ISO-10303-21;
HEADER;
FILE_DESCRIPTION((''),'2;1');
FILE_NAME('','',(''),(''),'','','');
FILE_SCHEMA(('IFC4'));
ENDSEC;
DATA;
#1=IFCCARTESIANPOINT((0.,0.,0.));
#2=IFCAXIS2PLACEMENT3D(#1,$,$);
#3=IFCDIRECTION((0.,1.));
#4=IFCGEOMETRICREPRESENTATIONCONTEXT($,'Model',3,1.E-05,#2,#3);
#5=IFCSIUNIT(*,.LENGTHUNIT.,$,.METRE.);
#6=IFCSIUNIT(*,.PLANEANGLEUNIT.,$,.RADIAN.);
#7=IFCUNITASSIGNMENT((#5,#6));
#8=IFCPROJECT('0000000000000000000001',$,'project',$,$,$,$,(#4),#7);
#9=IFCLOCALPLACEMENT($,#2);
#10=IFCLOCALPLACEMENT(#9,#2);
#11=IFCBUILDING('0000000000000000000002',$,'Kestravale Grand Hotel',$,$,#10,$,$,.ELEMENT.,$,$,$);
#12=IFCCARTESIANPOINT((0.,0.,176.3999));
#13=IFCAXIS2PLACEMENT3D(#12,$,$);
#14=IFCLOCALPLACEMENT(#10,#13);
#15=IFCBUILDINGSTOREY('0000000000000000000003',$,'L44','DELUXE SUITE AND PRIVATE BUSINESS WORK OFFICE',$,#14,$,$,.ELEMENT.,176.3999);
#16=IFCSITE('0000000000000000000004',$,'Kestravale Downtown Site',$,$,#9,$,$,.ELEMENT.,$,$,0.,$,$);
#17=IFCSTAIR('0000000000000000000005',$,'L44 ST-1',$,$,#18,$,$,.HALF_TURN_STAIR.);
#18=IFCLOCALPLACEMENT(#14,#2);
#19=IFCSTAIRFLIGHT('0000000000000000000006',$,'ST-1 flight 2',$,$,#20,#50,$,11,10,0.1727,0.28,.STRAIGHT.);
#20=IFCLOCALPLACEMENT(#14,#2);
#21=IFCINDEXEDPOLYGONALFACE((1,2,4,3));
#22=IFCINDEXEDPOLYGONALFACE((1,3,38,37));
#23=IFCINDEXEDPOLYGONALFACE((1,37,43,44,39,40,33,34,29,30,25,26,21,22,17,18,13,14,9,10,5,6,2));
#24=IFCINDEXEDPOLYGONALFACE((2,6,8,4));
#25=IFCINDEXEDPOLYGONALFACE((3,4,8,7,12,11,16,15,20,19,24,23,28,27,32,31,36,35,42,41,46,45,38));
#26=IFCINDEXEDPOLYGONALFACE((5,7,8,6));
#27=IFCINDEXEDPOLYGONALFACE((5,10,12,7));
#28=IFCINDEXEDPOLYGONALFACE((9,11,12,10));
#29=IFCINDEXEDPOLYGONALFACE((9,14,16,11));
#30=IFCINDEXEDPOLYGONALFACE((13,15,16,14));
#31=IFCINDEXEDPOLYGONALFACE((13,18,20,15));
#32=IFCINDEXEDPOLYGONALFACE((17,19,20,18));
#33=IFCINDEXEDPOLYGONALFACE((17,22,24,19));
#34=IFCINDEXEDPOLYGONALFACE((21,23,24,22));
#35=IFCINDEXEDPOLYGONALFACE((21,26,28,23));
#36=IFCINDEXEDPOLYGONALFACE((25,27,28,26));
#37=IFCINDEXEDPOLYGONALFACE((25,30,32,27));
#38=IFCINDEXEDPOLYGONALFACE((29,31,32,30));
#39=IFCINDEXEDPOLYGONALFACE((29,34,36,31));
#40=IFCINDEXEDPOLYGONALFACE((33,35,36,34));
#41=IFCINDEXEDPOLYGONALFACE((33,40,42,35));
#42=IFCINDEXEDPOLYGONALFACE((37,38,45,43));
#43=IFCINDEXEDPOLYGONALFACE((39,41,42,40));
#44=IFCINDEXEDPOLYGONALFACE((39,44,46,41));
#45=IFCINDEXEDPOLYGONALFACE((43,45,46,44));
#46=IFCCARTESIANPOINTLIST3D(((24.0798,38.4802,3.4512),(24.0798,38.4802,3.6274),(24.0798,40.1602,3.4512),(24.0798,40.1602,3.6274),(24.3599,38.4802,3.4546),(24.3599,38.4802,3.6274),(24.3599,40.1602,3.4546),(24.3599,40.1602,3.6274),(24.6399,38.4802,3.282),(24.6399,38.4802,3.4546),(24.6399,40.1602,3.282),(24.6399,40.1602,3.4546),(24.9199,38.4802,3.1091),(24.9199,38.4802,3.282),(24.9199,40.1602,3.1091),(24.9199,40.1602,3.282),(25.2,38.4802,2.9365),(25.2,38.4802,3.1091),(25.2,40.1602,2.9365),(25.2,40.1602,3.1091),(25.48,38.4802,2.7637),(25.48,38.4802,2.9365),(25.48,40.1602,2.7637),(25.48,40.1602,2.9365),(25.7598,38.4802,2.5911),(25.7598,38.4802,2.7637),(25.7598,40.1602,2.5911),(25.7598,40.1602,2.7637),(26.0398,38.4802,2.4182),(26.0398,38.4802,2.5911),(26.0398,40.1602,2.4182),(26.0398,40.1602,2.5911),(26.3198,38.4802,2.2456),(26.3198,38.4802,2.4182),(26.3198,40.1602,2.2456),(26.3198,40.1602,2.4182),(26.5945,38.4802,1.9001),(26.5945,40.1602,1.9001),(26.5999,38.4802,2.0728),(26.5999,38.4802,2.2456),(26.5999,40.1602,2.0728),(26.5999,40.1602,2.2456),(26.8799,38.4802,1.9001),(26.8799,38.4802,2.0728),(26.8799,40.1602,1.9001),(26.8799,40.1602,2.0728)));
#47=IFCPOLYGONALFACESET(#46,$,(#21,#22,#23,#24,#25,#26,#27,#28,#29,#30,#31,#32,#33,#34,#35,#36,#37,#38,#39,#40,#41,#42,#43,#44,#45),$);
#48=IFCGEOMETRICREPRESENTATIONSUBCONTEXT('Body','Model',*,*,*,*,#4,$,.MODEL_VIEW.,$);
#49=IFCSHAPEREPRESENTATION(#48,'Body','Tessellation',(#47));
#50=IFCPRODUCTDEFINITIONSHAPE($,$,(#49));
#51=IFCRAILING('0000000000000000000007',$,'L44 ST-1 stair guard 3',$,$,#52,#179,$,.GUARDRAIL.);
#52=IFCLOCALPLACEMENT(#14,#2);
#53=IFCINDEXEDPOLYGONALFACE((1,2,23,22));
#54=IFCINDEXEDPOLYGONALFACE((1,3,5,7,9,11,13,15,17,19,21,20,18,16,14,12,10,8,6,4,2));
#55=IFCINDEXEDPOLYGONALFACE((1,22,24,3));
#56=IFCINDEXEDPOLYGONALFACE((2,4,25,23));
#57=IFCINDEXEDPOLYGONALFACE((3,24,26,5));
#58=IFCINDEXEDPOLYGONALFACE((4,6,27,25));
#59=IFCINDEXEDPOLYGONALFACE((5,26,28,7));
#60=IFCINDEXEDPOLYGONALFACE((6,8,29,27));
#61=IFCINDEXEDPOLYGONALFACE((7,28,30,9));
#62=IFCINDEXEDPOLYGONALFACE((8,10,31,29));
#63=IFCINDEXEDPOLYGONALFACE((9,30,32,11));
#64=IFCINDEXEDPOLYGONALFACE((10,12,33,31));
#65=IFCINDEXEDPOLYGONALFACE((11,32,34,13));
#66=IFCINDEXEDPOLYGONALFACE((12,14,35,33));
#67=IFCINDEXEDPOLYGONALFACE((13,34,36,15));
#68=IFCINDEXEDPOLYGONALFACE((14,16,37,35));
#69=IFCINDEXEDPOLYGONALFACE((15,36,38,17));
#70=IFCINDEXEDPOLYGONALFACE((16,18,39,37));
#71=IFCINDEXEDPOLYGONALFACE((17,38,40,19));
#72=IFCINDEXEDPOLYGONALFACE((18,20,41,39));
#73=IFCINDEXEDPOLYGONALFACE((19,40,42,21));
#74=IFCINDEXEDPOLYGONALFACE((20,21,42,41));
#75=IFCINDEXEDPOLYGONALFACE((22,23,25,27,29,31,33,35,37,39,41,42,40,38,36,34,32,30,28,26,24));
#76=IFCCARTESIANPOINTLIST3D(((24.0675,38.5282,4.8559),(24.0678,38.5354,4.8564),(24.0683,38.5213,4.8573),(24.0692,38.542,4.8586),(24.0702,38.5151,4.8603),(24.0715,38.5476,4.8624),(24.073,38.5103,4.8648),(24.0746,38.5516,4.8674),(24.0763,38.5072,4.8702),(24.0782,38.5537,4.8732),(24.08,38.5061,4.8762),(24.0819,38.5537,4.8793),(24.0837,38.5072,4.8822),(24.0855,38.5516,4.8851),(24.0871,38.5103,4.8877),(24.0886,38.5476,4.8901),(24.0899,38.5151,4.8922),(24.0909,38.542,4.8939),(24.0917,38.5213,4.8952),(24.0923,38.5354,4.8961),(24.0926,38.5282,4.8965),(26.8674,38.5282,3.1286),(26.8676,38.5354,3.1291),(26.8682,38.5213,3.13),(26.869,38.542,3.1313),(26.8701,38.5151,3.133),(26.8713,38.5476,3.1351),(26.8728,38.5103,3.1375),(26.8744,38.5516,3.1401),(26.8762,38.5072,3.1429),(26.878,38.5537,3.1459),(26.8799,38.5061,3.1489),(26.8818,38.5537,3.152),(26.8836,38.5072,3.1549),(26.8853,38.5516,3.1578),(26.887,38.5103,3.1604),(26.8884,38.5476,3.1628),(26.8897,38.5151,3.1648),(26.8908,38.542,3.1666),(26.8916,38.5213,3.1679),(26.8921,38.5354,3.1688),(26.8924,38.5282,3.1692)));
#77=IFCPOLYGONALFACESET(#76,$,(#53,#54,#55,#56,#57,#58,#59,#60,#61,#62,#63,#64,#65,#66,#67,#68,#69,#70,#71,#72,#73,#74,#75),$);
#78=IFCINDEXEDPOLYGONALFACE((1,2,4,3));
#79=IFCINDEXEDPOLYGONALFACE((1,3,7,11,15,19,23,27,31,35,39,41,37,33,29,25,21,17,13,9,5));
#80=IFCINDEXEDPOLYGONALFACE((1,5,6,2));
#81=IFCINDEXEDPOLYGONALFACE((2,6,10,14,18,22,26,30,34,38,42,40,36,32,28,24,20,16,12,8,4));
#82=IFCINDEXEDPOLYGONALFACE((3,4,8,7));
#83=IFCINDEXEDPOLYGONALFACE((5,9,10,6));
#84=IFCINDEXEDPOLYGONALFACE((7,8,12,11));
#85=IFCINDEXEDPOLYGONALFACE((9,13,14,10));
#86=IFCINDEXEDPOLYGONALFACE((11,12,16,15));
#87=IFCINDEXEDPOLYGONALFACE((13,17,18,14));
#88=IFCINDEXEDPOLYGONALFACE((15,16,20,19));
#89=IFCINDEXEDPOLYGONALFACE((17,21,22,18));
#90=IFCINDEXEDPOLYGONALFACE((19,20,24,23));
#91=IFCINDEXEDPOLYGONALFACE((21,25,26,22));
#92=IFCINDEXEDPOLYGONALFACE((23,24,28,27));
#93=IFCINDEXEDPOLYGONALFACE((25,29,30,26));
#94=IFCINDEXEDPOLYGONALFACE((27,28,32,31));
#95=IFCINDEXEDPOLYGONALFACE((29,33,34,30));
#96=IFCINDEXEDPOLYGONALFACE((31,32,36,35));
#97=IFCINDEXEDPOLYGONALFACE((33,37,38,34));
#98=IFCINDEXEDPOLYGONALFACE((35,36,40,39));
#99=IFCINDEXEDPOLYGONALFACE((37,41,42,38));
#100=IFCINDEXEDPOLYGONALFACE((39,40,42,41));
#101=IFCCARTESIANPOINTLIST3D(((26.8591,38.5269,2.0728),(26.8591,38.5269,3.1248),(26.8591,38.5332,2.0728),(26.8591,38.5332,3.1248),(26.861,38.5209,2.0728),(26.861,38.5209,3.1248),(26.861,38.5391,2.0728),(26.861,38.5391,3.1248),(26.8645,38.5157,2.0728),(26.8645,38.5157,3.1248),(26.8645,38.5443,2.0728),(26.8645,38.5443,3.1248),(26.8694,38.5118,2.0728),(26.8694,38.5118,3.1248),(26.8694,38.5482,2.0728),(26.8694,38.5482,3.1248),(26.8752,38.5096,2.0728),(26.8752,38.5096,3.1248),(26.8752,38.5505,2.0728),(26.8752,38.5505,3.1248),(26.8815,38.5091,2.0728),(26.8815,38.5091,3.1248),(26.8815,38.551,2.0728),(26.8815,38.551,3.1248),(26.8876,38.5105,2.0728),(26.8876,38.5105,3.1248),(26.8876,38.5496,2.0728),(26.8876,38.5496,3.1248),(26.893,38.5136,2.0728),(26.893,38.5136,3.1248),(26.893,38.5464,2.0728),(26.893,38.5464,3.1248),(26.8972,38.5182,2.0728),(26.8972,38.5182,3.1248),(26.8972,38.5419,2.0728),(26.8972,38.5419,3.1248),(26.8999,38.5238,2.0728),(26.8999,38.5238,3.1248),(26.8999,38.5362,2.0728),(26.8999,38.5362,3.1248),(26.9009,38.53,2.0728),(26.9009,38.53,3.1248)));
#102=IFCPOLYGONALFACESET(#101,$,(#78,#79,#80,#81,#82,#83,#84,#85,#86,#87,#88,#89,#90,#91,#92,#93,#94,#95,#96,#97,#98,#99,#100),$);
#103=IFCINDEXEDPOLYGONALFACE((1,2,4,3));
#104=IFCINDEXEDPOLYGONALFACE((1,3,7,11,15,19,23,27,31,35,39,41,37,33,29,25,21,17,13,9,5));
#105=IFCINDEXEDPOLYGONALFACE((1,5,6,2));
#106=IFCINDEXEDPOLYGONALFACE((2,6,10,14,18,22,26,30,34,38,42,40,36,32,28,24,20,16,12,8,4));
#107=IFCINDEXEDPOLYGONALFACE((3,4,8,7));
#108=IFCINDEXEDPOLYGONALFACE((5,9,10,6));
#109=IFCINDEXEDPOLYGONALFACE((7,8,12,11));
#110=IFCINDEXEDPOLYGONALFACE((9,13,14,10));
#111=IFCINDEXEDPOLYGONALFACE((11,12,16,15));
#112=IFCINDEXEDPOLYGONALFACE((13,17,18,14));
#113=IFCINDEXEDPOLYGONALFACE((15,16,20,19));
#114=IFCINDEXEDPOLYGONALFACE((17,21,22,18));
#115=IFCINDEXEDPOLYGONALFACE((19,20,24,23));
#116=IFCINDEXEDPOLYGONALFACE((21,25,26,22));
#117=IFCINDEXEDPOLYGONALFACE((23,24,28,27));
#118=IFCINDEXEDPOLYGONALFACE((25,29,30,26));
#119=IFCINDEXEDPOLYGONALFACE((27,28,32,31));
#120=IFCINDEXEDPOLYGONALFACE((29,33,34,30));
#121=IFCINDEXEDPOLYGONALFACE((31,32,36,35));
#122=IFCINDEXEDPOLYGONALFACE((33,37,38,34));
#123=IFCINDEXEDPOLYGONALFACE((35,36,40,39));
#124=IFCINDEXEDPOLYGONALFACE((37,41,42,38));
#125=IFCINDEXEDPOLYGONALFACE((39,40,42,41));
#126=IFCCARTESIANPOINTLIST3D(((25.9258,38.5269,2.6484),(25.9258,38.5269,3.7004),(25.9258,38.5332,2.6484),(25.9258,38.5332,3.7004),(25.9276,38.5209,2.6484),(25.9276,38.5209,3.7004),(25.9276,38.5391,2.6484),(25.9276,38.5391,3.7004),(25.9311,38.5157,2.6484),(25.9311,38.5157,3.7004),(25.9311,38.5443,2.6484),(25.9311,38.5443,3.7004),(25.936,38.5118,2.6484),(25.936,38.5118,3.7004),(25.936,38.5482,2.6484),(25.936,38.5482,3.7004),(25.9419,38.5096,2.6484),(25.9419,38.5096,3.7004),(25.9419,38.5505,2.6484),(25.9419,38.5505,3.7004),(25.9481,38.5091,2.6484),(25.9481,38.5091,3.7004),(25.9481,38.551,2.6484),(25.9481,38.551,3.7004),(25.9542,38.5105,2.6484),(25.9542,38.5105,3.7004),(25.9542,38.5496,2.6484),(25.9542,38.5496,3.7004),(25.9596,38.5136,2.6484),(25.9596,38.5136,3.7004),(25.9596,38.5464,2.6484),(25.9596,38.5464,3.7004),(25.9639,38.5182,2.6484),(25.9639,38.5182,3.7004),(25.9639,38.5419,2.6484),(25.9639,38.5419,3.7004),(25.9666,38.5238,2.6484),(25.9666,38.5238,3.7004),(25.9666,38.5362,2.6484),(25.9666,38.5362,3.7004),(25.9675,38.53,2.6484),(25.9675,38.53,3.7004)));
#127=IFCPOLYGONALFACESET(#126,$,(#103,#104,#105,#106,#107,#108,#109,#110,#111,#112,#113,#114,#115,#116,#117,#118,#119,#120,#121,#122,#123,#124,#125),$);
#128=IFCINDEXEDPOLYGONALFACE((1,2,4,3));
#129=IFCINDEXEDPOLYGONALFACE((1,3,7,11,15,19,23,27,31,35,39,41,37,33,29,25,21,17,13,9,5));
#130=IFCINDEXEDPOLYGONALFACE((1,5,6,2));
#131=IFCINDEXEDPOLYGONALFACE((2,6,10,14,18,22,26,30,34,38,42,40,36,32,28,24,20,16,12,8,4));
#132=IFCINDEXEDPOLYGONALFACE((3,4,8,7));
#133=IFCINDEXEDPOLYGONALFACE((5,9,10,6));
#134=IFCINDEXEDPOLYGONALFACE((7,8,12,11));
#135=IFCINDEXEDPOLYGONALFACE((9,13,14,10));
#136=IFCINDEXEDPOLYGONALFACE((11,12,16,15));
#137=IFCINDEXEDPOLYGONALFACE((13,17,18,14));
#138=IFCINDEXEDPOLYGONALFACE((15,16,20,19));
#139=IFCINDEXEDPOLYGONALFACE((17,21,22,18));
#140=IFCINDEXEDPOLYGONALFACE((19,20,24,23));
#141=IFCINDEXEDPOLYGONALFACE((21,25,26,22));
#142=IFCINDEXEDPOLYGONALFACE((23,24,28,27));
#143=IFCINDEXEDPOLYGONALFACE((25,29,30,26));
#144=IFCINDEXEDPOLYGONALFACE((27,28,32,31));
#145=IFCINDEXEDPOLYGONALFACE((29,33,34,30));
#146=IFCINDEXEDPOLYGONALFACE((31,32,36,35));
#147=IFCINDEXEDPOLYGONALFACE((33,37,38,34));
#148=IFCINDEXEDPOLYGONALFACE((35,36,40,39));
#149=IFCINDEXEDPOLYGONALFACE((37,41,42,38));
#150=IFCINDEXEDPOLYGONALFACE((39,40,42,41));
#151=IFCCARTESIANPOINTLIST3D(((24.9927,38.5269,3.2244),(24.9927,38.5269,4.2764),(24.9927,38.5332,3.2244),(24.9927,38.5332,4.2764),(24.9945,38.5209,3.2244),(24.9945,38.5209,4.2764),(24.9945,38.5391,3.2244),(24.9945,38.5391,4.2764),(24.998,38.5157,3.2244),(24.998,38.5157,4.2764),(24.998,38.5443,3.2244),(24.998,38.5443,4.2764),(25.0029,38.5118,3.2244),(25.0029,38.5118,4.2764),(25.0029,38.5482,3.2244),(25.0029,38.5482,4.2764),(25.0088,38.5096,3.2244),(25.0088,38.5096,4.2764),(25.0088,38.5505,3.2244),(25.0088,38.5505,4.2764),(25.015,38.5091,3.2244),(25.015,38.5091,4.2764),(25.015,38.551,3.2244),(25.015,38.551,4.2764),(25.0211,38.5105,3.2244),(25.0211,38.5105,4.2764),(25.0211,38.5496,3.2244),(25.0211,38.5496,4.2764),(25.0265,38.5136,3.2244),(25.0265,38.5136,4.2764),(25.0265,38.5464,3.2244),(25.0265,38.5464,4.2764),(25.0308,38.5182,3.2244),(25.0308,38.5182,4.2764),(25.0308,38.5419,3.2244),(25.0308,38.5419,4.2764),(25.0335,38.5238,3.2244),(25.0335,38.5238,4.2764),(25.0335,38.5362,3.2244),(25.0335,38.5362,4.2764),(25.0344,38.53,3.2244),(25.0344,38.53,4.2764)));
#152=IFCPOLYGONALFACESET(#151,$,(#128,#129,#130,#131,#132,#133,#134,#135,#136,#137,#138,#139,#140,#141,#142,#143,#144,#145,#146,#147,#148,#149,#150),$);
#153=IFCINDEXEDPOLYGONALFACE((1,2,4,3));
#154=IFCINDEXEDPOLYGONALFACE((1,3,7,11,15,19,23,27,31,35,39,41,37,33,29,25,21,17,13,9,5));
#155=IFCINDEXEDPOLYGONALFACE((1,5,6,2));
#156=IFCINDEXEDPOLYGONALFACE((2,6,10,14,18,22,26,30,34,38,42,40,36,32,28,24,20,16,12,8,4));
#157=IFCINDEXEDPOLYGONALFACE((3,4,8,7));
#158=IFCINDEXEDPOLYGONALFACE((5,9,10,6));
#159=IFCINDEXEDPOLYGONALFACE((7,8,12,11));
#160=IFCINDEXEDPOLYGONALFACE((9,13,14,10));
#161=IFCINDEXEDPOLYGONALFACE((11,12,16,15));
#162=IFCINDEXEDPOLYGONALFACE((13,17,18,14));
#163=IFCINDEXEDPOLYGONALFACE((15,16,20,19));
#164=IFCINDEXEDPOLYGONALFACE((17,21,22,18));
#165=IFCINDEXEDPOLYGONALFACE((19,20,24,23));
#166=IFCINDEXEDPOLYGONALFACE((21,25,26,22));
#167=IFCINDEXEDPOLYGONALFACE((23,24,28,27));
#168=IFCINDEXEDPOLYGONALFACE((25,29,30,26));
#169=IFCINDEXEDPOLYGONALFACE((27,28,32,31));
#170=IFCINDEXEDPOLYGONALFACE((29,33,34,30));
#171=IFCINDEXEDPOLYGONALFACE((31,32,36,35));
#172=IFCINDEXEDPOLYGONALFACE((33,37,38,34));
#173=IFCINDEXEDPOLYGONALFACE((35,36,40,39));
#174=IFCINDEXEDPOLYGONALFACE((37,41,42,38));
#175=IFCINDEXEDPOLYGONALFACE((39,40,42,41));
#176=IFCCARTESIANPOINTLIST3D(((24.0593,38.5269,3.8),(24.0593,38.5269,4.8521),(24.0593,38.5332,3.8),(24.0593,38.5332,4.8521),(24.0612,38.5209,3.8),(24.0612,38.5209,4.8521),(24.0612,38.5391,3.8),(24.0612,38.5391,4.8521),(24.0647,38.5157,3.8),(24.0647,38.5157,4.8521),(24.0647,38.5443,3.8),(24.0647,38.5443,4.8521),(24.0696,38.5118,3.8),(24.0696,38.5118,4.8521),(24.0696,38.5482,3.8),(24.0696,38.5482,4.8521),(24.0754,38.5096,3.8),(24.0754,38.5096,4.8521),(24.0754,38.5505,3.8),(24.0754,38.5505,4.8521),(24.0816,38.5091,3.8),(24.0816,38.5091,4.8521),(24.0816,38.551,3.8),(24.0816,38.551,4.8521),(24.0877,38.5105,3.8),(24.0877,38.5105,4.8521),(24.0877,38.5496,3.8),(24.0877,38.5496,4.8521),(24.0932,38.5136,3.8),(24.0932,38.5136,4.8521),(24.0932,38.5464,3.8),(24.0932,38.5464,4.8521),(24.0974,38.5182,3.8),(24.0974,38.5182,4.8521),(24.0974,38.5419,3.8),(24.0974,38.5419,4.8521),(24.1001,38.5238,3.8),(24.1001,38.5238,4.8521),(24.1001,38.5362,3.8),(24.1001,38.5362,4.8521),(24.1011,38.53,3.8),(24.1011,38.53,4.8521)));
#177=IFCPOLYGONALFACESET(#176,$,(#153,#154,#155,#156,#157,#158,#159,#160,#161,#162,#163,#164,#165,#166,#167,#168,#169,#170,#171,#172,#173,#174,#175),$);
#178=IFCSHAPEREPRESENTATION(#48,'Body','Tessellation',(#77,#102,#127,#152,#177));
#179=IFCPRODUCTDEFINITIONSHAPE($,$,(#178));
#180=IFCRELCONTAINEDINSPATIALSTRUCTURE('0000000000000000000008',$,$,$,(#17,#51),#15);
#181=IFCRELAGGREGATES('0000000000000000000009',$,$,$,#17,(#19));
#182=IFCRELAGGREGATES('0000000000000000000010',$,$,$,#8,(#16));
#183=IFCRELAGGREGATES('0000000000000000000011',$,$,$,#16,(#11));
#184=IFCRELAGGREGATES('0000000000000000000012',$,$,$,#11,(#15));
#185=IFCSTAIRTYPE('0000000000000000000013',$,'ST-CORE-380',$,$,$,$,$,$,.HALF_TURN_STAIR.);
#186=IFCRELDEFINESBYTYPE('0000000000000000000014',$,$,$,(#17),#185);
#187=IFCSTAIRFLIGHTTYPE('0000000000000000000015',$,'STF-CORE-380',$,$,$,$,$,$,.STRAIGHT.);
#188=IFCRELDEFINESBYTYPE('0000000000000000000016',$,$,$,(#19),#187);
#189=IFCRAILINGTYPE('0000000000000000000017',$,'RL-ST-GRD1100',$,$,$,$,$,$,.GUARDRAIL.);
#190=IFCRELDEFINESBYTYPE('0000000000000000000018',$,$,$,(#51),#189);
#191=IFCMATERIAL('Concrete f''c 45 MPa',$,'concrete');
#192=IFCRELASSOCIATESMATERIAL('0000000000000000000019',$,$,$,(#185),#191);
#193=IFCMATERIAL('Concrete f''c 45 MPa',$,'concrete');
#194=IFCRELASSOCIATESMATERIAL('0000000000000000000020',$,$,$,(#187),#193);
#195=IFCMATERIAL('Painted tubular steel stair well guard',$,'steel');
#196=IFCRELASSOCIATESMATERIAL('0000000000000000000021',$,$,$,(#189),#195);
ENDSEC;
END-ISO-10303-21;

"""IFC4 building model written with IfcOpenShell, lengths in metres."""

from ifc_helpers import new_model, si_unit, direction, frame, origin, origin_2d, place, context, subcontext, project, spatial, polyline, circle, outline, extrude, material, type_object, element, aggregate, save


model = new_model("IFC4")

# Units and contexts
model_context = context("Model", 3, precision=1e-05, world=origin(), true_north=direction((0.0, 1.0)))
body_context = subcontext(model_context, "Body", "Model", "MODEL_VIEW")
ifc_project = project(units=[si_unit("LENGTHUNIT", "METRE"), si_unit("PLANEANGLEUNIT", "RADIAN")], contexts=[model_context])

# Site, building, storey
site_placement = place(None, origin())
site = spatial("IfcSite", under=ifc_project, at=site_placement, Name="Kestravale Downtown Site", CompositionType="ELEMENT", RefElevation=0.0)
building_placement = place(site_placement, origin())
building = spatial("IfcBuilding", under=site, at=building_placement, Name="Kestravale Grand Hotel", CompositionType="ELEMENT")
storey_placement = place(building_placement, frame((0.0, 0.0, 176.3999)))
storey = spatial("IfcBuildingStorey", under=building, at=storey_placement, Name="L44", Description="DELUXE SUITE AND PRIVATE BUSINESS WORK OFFICE", CompositionType="ELEMENT", Elevation=176.3999)

# Stair, stair flight
ifc_material_1 = material(Name="Concrete f'c 45 MPa", Category="concrete")
stair_type = type_object("IfcStairType", Name="ST-CORE-380", PredefinedType="HALF_TURN_STAIR", material=ifc_material_1)
stair_placement = place(storey_placement, origin())
stair = element("IfcStair", 1, at=stair_placement, inside=storey, type_object=stair_type, Name="L44 ST-1", PredefinedType="HALF_TURN_STAIR")
ifc_material_2 = material(Name="Concrete f'c 45 MPa", Category="concrete")
stair_flight_type = type_object("IfcStairFlightType", Name="STF-CORE-380", PredefinedType="STRAIGHT", material=ifc_material_2)
stair_flight_placement = place(storey_placement, frame((26.8799, 39.3201, 1.9001), z_axis=(0.0, 0.0, 1.0), x_axis=(-1.0, 0.0, 0.0)))
stair_flight = element("IfcStairFlight", 2, at=stair_flight_placement, type_object=stair_flight_type, Name="ST-1 flight 2", NumberOfRisers=11, NumberOfTreads=10, PredefinedType="STRAIGHT", RiserHeight=0.1727, TreadLength=0.28, context=body_context, shape_type="SweptSolid", body=[
    extrude(outline(polyline([(0.0, 0.0), (0.0, 0.1726), (0.28, 0.1726), (0.28, 0.3455), (0.5601, 0.3455), (0.5601, 0.5181), (0.8401, 0.5181), (0.8401, 0.6909), (1.1201, 0.6909), (1.1201, 0.8635), (1.3999, 0.8635), (1.3999, 1.0364), (1.6799, 1.0364), (1.6799, 1.209), (1.96, 1.209), (1.96, 1.3818), (2.24, 1.3818), (2.24, 1.5544), (2.52, 1.5544), (2.52, 1.7273), (2.8, 1.7273), (2.8, 1.8999), (2.8, 1.551), (0.2854, 0.0), (0.0, 0.0)])), frame((0.0, 0.8398, 0.0), z_axis=(0.0, -1.0, 0.0), x_axis=(1.0, 0.0, 0.0)), (0.0, 0.0, 1.0), 1.6799),
])
aggregate(stair, [stair_flight])

# Railing
ifc_material_3 = material(Name="Painted tubular steel stair well guard", Category="steel")
railing_type_1 = type_object("IfcRailingType", Name="RL-ST-GRD1100", PredefinedType="GUARDRAIL", material=ifc_material_3)
railing_1_placement = place(storey_placement, frame((26.8799, 38.53, 2.0728)))
element("IfcRailing", 3, at=railing_1_placement, inside=storey, type_object=railing_type_1, Name="L44 ST-1 stair guard 3", PredefinedType="GUARDRAIL", context=body_context, shape_type="SweptSolid", body=[
    extrude(circle(Radius=0.0239, at=origin_2d()), frame((0.0, 0.0, 1.0762), z_axis=(-0.851069, 0.0, 0.525054), x_axis=(0.0, -1.0, 0.0)), (0.0, 0.0, 1.0), 3.2898),
    extrude(circle(Radius=0.021, at=origin_2d()), origin(), (0.0, 0.0, 1.0), 1.052),
    extrude(circle(Radius=0.021, at=origin_2d()), frame((-0.9333, 0.0, 0.5757)), (0.0, 0.0, 1.0), 1.052),
    extrude(circle(Radius=0.021, at=origin_2d()), frame((-1.8665, 0.0, 1.1516)), (0.0, 0.0, 1.0), 1.052),
    extrude(circle(Radius=0.021, at=origin_2d()), frame((-2.7998, 0.0, 1.7273)), (0.0, 0.0, 1.0), 1.052),
])

save(model, "model.ifc")
